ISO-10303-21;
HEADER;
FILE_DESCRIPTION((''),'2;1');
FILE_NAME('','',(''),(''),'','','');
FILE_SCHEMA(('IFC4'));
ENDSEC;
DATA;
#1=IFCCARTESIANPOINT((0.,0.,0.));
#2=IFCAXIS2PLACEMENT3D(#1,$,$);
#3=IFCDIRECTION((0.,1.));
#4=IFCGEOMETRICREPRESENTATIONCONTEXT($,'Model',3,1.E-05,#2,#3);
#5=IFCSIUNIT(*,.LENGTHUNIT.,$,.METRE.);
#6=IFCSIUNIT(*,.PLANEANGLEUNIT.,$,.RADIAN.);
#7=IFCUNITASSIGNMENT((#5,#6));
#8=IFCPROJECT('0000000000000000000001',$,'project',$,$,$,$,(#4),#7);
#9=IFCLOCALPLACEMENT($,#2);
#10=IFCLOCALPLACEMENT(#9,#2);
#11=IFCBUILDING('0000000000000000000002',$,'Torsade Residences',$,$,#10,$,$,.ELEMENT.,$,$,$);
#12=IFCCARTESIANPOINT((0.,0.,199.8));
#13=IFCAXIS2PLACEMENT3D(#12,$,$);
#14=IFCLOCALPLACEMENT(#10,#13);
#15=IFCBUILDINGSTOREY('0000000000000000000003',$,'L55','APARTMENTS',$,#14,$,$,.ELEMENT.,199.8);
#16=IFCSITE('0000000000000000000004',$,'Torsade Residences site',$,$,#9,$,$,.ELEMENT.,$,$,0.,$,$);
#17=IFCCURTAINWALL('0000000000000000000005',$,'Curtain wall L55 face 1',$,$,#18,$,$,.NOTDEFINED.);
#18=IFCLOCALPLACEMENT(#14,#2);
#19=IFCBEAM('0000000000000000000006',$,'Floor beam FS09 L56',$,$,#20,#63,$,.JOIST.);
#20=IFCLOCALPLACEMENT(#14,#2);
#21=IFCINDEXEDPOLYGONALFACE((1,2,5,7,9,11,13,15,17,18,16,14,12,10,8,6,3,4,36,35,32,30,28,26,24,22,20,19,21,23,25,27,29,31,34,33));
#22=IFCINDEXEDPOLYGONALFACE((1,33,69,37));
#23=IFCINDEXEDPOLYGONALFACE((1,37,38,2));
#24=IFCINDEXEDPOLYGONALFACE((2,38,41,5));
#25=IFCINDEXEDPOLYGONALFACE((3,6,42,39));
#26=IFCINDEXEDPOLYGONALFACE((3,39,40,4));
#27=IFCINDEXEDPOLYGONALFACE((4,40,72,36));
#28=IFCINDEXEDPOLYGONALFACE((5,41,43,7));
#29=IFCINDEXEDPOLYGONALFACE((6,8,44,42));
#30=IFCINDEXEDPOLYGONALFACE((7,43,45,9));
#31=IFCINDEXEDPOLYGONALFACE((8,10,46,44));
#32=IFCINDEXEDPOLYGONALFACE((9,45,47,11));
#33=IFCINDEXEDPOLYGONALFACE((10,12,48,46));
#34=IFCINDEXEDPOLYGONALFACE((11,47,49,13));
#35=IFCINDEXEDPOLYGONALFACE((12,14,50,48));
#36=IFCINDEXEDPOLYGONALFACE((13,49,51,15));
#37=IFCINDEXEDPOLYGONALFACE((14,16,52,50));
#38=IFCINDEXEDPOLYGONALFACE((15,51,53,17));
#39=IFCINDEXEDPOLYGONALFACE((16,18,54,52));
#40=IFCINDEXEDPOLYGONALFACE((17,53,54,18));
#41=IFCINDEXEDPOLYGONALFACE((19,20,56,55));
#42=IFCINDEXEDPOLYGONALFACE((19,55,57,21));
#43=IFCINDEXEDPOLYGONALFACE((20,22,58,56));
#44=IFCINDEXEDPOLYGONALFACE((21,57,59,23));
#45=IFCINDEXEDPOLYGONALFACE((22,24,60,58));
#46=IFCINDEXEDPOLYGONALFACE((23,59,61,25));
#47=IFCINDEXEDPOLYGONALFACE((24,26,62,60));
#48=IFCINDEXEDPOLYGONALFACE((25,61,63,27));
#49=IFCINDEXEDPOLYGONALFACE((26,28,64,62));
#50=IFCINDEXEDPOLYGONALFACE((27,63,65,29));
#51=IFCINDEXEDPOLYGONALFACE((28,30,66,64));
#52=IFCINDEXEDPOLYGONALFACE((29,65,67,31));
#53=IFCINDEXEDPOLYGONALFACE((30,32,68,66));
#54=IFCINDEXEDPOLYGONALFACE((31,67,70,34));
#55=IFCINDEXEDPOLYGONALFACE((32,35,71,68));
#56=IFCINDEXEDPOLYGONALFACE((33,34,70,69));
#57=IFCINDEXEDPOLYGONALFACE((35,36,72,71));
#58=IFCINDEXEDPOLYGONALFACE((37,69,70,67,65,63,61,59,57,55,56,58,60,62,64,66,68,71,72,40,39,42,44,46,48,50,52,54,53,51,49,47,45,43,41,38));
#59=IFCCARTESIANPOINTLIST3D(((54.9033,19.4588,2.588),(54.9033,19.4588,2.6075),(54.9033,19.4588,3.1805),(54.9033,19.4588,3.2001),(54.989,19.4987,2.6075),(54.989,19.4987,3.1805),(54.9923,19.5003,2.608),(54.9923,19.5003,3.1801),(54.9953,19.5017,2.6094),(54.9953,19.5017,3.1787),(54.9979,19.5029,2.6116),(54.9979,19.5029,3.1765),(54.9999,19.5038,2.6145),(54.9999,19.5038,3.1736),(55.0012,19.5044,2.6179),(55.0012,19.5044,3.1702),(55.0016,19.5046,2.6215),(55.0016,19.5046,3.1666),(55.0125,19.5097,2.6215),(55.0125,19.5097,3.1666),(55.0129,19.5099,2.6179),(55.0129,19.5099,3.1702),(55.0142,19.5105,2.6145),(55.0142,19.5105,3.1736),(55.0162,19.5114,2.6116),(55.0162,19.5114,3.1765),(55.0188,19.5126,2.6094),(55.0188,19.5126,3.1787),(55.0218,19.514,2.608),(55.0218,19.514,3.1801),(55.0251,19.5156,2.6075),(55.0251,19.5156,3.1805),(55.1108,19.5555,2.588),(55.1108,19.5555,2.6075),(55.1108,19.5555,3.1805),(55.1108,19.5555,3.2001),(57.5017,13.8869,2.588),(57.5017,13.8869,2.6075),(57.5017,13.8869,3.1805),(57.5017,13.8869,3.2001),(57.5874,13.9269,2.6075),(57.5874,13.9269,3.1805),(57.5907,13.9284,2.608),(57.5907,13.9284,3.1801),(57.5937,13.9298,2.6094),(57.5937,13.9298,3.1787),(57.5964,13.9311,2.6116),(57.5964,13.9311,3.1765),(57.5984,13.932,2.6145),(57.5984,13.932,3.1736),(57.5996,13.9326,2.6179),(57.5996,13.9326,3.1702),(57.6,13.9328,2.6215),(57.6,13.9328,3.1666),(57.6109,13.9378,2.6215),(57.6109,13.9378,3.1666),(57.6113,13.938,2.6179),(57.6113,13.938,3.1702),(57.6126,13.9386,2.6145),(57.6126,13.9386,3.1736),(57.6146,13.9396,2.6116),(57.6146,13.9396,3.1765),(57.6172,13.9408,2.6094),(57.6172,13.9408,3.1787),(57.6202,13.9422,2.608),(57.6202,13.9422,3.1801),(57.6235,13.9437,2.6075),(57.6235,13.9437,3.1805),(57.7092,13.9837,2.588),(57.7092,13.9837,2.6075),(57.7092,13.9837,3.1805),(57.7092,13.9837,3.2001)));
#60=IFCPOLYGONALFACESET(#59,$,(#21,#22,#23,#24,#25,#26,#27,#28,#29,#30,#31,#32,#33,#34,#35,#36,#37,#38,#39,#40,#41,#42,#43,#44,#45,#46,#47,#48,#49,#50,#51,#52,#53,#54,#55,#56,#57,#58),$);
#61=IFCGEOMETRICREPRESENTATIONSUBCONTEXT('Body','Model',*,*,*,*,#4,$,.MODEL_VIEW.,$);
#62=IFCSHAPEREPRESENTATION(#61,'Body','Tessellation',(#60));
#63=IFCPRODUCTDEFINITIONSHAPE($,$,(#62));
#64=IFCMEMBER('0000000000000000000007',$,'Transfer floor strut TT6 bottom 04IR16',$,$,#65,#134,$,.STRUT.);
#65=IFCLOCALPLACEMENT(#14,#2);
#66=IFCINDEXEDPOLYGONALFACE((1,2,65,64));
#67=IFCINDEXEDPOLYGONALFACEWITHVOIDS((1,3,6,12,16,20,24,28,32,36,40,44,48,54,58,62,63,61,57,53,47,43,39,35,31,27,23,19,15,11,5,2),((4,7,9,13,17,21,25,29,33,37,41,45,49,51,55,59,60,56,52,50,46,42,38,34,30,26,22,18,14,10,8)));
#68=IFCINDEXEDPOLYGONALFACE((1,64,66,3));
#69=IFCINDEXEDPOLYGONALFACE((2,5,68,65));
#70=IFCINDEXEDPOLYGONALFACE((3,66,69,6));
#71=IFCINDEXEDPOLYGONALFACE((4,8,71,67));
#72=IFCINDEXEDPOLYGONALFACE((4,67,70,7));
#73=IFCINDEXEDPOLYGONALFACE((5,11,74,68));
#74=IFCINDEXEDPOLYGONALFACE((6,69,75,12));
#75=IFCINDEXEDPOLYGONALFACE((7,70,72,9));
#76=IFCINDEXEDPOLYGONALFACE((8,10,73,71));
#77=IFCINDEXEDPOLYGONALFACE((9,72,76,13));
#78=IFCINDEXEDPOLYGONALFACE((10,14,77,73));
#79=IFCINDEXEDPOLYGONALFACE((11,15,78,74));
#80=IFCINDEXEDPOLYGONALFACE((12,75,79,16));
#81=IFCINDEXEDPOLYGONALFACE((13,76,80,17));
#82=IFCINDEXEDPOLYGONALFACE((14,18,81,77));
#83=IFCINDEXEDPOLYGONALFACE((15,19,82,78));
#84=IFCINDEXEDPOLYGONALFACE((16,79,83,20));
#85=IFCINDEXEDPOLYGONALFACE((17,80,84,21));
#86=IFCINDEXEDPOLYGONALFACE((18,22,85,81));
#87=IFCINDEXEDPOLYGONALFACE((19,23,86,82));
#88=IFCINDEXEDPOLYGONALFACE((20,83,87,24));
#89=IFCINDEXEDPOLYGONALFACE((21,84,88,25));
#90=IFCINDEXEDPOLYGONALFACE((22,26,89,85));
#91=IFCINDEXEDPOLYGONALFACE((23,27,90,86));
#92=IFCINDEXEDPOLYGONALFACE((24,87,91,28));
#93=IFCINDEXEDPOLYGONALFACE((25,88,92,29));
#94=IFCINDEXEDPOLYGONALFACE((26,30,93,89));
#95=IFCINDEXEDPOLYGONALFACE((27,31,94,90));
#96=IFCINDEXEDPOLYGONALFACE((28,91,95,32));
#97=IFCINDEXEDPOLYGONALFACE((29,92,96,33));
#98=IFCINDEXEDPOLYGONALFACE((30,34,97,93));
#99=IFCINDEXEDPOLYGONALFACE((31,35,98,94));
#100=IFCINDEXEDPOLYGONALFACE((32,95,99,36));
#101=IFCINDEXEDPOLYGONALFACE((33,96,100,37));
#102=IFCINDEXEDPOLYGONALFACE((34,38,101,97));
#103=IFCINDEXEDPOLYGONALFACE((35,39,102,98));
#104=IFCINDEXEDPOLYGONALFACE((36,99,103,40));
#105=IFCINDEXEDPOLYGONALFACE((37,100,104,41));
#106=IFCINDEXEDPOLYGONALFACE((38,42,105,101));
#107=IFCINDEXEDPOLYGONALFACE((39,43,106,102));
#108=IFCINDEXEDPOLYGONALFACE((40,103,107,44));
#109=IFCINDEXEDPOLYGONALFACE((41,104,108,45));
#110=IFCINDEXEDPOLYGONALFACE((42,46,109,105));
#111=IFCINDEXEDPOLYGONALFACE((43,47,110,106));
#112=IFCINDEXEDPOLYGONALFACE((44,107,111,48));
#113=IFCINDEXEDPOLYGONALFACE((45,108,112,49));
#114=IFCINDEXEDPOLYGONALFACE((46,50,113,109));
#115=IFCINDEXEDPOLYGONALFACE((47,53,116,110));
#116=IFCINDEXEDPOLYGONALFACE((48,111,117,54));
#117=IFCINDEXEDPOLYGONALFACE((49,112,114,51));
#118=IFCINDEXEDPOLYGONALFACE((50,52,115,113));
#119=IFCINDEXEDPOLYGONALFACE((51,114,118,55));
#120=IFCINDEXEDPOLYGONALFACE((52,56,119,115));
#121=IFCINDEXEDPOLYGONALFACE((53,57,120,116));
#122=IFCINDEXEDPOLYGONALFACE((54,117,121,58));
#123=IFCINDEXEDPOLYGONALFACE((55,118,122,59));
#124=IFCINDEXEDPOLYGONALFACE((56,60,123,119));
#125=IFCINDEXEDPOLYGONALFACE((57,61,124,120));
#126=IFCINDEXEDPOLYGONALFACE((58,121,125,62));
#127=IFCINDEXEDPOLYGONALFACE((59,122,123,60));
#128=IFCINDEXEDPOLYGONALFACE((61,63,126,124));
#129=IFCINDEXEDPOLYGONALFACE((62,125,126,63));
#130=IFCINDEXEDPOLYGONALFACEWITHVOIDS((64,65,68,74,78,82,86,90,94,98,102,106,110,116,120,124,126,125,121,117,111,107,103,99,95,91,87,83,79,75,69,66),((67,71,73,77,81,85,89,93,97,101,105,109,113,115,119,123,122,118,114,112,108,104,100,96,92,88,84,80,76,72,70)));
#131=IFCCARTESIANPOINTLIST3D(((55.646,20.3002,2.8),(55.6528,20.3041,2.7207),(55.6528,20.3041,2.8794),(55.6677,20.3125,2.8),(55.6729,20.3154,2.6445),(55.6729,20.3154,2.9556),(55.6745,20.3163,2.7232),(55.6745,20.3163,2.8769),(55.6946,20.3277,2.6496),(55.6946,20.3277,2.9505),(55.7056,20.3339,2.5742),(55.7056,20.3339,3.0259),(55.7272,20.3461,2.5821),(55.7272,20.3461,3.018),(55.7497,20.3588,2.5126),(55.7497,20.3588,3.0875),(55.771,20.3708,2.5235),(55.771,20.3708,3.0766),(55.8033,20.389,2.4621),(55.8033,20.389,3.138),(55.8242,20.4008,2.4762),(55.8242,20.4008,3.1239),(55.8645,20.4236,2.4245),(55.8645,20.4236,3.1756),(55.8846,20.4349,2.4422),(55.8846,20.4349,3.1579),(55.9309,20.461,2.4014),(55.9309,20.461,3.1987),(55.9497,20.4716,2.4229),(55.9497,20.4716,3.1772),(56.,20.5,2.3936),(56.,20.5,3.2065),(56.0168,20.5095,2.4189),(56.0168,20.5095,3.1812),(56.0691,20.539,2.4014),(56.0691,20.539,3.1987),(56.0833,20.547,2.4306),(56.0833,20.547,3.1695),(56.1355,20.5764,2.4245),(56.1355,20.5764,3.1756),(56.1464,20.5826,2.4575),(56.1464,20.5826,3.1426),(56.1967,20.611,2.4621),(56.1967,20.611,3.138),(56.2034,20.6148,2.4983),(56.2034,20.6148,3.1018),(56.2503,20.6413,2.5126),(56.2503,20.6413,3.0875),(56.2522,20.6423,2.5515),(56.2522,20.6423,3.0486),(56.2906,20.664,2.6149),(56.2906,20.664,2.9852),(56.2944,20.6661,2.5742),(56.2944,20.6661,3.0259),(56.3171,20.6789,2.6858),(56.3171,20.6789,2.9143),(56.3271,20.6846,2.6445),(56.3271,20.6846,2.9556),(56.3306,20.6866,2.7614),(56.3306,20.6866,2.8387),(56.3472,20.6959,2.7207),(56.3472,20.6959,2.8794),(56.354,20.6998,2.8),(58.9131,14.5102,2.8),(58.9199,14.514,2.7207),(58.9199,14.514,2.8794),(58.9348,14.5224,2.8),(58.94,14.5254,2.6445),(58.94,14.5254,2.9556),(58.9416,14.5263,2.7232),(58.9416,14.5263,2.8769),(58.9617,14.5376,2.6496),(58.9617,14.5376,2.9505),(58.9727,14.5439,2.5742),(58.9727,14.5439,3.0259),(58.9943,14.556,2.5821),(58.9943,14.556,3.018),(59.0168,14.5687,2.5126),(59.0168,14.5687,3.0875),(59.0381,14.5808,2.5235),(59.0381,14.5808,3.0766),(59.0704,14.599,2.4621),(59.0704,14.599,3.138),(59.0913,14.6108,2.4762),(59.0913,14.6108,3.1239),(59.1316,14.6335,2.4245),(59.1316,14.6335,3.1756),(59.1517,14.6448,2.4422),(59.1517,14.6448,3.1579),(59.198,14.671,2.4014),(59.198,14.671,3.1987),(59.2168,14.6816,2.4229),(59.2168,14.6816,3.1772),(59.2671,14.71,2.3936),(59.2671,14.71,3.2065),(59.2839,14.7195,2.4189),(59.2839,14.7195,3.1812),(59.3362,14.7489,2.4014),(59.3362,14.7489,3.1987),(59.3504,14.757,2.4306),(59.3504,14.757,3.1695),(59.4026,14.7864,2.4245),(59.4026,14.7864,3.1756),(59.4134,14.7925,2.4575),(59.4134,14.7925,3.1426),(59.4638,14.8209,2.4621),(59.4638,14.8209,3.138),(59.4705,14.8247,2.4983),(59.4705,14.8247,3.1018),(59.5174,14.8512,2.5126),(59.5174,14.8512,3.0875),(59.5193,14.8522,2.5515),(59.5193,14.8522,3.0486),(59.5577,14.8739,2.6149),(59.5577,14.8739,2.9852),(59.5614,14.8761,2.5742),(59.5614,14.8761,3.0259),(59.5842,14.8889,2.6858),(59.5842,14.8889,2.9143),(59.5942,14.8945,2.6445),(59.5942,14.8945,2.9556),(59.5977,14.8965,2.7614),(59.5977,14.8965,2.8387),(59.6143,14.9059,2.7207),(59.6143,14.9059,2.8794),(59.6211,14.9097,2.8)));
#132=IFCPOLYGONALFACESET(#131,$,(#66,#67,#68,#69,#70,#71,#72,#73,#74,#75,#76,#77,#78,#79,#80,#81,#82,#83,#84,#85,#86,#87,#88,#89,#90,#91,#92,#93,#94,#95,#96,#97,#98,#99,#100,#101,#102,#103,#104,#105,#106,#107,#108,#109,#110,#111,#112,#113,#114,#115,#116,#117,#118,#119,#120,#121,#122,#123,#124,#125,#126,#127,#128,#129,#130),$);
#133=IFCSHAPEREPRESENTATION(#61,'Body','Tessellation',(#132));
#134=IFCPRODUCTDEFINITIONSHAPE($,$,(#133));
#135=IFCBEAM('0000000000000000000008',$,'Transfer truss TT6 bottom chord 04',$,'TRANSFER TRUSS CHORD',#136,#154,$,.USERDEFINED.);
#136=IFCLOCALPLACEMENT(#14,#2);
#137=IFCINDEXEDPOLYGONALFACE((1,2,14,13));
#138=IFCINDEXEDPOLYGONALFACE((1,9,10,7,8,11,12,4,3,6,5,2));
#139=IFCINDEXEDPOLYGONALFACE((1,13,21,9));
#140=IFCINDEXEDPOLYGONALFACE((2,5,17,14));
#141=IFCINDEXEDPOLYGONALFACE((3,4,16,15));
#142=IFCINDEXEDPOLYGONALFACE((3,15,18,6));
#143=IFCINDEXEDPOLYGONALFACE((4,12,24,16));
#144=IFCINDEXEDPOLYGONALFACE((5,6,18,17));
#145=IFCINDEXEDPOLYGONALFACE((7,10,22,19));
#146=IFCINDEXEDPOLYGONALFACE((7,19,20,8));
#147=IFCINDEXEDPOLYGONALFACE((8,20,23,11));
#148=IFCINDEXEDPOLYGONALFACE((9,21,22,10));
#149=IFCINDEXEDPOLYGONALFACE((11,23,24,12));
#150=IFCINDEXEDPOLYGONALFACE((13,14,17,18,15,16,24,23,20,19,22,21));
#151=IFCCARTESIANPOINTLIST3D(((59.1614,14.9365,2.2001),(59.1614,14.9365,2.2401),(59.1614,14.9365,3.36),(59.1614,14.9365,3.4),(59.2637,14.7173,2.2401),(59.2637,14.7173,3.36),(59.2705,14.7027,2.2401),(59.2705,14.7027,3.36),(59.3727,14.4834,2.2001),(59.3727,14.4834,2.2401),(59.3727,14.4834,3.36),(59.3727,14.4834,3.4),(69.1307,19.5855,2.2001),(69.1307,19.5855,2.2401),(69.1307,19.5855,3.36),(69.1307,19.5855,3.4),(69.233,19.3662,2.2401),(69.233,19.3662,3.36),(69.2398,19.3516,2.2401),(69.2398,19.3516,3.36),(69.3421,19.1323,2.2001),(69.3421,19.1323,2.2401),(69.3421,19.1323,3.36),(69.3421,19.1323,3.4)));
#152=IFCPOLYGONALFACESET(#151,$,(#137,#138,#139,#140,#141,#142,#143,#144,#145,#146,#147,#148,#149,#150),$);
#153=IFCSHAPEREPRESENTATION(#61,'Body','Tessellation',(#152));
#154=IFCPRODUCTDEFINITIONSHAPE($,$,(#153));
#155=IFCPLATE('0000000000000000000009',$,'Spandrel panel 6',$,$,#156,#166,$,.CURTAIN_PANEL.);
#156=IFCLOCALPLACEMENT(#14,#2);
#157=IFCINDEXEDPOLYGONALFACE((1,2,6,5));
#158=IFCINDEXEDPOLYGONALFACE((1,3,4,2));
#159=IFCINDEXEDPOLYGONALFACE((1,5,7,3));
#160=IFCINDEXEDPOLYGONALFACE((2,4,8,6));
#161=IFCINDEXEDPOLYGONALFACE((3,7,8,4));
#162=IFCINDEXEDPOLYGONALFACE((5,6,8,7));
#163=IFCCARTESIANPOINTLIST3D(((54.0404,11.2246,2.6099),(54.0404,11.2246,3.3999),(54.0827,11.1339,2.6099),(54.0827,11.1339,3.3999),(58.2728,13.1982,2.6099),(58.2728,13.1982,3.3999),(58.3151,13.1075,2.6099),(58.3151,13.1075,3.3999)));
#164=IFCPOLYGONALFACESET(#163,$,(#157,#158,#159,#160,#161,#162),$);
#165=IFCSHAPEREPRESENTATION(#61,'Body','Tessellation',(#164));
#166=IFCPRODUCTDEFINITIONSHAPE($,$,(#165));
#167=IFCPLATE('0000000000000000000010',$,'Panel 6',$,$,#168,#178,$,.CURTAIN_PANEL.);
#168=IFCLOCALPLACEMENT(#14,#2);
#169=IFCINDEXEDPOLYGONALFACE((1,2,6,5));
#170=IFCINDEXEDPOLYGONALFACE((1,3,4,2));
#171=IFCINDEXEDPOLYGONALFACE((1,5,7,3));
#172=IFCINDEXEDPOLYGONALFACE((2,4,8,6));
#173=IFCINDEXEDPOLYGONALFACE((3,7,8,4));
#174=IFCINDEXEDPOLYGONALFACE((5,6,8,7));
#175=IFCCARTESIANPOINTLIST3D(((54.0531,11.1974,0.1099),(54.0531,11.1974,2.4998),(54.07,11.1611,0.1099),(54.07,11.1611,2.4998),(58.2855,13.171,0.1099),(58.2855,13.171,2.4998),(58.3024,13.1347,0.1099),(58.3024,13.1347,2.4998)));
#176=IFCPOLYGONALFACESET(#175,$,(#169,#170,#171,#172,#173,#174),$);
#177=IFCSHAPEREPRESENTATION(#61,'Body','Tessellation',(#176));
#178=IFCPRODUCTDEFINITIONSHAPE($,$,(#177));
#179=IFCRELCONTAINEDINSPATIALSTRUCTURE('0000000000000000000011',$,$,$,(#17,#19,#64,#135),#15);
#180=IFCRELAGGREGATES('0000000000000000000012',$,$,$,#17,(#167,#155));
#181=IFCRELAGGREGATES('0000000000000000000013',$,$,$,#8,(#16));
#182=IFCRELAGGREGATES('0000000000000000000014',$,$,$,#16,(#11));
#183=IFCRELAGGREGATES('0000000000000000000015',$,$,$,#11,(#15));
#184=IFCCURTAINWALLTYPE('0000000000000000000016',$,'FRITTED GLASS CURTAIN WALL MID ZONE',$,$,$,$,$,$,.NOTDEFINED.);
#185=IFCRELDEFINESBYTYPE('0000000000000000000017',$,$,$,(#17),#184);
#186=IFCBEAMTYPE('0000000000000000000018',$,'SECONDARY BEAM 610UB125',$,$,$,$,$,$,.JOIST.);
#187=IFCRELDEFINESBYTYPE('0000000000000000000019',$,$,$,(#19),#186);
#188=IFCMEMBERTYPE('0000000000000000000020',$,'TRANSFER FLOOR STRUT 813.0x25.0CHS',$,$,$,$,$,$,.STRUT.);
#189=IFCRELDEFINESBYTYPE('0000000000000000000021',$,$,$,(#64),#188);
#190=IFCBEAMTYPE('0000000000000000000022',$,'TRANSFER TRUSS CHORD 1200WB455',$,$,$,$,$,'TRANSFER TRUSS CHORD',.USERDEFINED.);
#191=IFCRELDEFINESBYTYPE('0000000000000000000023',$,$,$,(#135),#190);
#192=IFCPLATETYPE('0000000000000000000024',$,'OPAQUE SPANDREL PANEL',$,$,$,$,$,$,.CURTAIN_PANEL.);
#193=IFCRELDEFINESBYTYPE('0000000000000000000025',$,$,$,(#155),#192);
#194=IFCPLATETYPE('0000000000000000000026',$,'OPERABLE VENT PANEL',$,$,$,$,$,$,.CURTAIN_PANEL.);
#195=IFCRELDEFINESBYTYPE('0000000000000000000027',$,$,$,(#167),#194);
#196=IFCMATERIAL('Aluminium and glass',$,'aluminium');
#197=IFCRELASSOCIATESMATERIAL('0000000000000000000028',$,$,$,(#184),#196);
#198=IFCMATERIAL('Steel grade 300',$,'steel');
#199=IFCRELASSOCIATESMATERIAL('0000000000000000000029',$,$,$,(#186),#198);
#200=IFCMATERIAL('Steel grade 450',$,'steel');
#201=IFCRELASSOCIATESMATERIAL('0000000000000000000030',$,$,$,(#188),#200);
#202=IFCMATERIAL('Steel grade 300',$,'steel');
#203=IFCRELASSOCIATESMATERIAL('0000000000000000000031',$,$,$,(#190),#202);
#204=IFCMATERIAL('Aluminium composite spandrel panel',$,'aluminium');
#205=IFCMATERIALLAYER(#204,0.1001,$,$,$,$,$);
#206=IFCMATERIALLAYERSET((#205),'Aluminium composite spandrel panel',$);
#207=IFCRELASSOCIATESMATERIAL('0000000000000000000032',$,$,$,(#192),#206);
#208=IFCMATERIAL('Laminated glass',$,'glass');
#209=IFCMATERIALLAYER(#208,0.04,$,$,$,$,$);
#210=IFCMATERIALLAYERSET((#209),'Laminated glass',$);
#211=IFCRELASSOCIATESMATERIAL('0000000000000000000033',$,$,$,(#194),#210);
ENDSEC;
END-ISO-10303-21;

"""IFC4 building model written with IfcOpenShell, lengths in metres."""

from ifc_helpers import new_model, si_unit, direction, frame, origin, origin_2d, place, context, subcontext, project, spatial, rectangle, hollow_circle, i_section, extrude, material, layer, layer_set, material_profile, profile_set, type_object, element, aggregate, save


model = new_model("IFC4")

# Units and contexts
model_context = context("Model", 3, precision=1e-05, world=origin(), true_north=direction((0.0, 1.0)))
body_context = subcontext(model_context, "Body", "Model", "MODEL_VIEW")
ifc_project = project(units=[si_unit("LENGTHUNIT", "METRE"), si_unit("PLANEANGLEUNIT", "RADIAN")], contexts=[model_context])

# Site, building, storey
site_placement = place(None, origin())
site = spatial("IfcSite", under=ifc_project, at=site_placement, Name="Torsade Residences site", CompositionType="ELEMENT", RefElevation=0.0)
building_placement = place(site_placement, origin())
building = spatial("IfcBuilding", under=site, at=building_placement, Name="Torsade Residences", CompositionType="ELEMENT")
storey_placement = place(building_placement, frame((0.0, 0.0, 199.8)))
storey = spatial("IfcBuildingStorey", under=building, at=storey_placement, Name="L55", Description="APARTMENTS", CompositionType="ELEMENT", Elevation=199.8)

# Curtain wall
ifc_material_1 = material(Name="Aluminium and glass", Category="aluminium")
curtain_wall_type = type_object("IfcCurtainWallType", Name="FRITTED GLASS CURTAIN WALL MID ZONE", PredefinedType="NOTDEFINED", material=ifc_material_1)
curtain_wall_placement = place(storey_placement, origin())
curtain_wall = element("IfcCurtainWall", 1, at=curtain_wall_placement, inside=storey, type_object=curtain_wall_type, Name="Curtain wall L55 face 1", PredefinedType="NOTDEFINED")

# Beam
ifc_material_2 = material(Name="Steel grade 300", Category="steel")
ifc_material_profile_1 = material_profile(ifc_material_2, i_section(OverallWidth=0.229, OverallDepth=0.6121, WebThickness=0.012, FlangeThickness=0.0195, FilletRadius=0.0139, at=origin_2d()), Name="610UB125")
ifc_profile_set_1 = profile_set([ifc_material_profile_1], Name="Steel grade 300")
beam_type_1 = type_object("IfcBeamType", Name="SECONDARY BEAM 610UB125", PredefinedType="JOIST", material=ifc_profile_set_1)
beam_1_placement = place(storey_placement, frame((57.6055, 13.9353, 2.894), z_axis=(-0.422648, 0.906294, 0.0), x_axis=(-0.906294, -0.422648, 0.0)))
element("IfcBeam", 2, at=beam_1_placement, inside=storey, type_object=beam_type_1, Name="Floor beam FS09 L56", PredefinedType="JOIST", context=body_context, shape_type="SweptSolid", body=[
    extrude(i_section(OverallWidth=0.229, OverallDepth=0.6121, WebThickness=0.012, FlangeThickness=0.0195, FilletRadius=0.0139, at=origin_2d()), origin(), (0.0, 0.0, 1.0), 6.1479),
])

# Member
ifc_material_3 = material(Name="Steel grade 450", Category="steel")
ifc_material_profile_2 = material_profile(ifc_material_3, hollow_circle(Radius=0.4065, WallThickness=0.0249, at=origin_2d()), Name="813.0x25.0CHS")
ifc_profile_set_2 = profile_set([ifc_material_profile_2], Name="Steel grade 450")
member_type_1 = type_object("IfcMemberType", Name="TRANSFER FLOOR STRUT 813.0x25.0CHS", PredefinedType="STRUT", material=ifc_profile_set_2)
member_1_placement = place(storey_placement, frame((59.2671, 14.71, 2.8), z_axis=(-0.491425, 0.87092, 0.0), x_axis=(-0.87092, -0.491425, 0.0)))
element("IfcMember", 3, at=member_1_placement, inside=storey, type_object=member_type_1, Name="Transfer floor strut TT6 bottom 04IR16", PredefinedType="STRUT", context=body_context, shape_type="SweptSolid", body=[
    extrude(hollow_circle(Radius=0.4065, WallThickness=0.0249, at=origin_2d()), origin(), (0.0, 0.0, 1.0), 6.6482),
])

# Beam
ifc_material_4 = material(Name="Steel grade 300", Category="steel")
ifc_material_profile_3 = material_profile(ifc_material_4, i_section(OverallWidth=0.5, OverallDepth=1.2, WebThickness=0.0161, FlangeThickness=0.04, at=origin_2d()), Name="1200WB455")
ifc_profile_set_3 = profile_set([ifc_material_profile_3], Name="Steel grade 300")
beam_type_2 = type_object("IfcBeamType", Name="TRANSFER TRUSS CHORD 1200WB455", ElementType="TRANSFER TRUSS CHORD", PredefinedType="USERDEFINED", material=ifc_profile_set_3)
beam_2_placement = place(storey_placement, frame((59.2671, 14.71, 2.8), z_axis=(0.906301, 0.422633, 0.0), x_axis=(-0.422633, 0.906301, 0.0)))
element("IfcBeam", 4, at=beam_2_placement, inside=storey, type_object=beam_type_2, Name="Transfer truss TT6 bottom chord 04", ObjectType="TRANSFER TRUSS CHORD", PredefinedType="USERDEFINED", context=body_context, shape_type="SweptSolid", body=[
    extrude(i_section(OverallWidth=0.5, OverallDepth=1.2, WebThickness=0.0161, FlangeThickness=0.04, at=origin_2d()), origin(), (0.0, 0.0, 1.0), 11.0),
])

# Plates
ifc_material_5 = material(Name="Aluminium composite spandrel panel", Category="aluminium")
ifc_layer_1 = layer(ifc_material_5, 0.1001)
ifc_layer_set_1 = layer_set([ifc_layer_1], Name="Aluminium composite spandrel panel")
plate_type_1 = type_object("IfcPlateType", Name="OPAQUE SPANDREL PANEL", PredefinedType="CURTAIN_PANEL", material=ifc_layer_set_1)
plate_1_placement = place(storey_placement, frame((56.1777, 12.166, 2.6099), z_axis=(0.0, 0.0, 1.0), x_axis=(0.906308, 0.422618, 0.0)))
plate_1 = element("IfcPlate", 5, at=plate_1_placement, type_object=plate_type_1, Name="Spandrel panel 6", PredefinedType="CURTAIN_PANEL", context=body_context, shape_type="SweptSolid", body=[
    extrude(rectangle(XDim=4.6699, YDim=0.1001, at=origin_2d()), origin(), (0.0, 0.0, 1.0), 0.79),
])
ifc_material_6 = material(Name="Laminated glass", Category="glass")
ifc_layer_2 = layer(ifc_material_6, 0.04)
ifc_layer_set_2 = layer_set([ifc_layer_2], Name="Laminated glass")
plate_type_2 = type_object("IfcPlateType", Name="OPERABLE VENT PANEL", PredefinedType="CURTAIN_PANEL", material=ifc_layer_set_2)
plate_2_placement = place(storey_placement, frame((56.1777, 12.166, 0.1099), z_axis=(0.0, 0.0, 1.0), x_axis=(0.906308, 0.422618, 0.0)))
plate_2 = element("IfcPlate", 6, at=plate_2_placement, type_object=plate_type_2, Name="Panel 6", PredefinedType="CURTAIN_PANEL", context=body_context, shape_type="SweptSolid", body=[
    extrude(rectangle(XDim=4.6699, YDim=0.04, at=origin_2d()), origin(), (0.0, 0.0, 1.0), 2.3899),
])
aggregate(curtain_wall, [plate_2, plate_1])

save(model, "model.ifc")
